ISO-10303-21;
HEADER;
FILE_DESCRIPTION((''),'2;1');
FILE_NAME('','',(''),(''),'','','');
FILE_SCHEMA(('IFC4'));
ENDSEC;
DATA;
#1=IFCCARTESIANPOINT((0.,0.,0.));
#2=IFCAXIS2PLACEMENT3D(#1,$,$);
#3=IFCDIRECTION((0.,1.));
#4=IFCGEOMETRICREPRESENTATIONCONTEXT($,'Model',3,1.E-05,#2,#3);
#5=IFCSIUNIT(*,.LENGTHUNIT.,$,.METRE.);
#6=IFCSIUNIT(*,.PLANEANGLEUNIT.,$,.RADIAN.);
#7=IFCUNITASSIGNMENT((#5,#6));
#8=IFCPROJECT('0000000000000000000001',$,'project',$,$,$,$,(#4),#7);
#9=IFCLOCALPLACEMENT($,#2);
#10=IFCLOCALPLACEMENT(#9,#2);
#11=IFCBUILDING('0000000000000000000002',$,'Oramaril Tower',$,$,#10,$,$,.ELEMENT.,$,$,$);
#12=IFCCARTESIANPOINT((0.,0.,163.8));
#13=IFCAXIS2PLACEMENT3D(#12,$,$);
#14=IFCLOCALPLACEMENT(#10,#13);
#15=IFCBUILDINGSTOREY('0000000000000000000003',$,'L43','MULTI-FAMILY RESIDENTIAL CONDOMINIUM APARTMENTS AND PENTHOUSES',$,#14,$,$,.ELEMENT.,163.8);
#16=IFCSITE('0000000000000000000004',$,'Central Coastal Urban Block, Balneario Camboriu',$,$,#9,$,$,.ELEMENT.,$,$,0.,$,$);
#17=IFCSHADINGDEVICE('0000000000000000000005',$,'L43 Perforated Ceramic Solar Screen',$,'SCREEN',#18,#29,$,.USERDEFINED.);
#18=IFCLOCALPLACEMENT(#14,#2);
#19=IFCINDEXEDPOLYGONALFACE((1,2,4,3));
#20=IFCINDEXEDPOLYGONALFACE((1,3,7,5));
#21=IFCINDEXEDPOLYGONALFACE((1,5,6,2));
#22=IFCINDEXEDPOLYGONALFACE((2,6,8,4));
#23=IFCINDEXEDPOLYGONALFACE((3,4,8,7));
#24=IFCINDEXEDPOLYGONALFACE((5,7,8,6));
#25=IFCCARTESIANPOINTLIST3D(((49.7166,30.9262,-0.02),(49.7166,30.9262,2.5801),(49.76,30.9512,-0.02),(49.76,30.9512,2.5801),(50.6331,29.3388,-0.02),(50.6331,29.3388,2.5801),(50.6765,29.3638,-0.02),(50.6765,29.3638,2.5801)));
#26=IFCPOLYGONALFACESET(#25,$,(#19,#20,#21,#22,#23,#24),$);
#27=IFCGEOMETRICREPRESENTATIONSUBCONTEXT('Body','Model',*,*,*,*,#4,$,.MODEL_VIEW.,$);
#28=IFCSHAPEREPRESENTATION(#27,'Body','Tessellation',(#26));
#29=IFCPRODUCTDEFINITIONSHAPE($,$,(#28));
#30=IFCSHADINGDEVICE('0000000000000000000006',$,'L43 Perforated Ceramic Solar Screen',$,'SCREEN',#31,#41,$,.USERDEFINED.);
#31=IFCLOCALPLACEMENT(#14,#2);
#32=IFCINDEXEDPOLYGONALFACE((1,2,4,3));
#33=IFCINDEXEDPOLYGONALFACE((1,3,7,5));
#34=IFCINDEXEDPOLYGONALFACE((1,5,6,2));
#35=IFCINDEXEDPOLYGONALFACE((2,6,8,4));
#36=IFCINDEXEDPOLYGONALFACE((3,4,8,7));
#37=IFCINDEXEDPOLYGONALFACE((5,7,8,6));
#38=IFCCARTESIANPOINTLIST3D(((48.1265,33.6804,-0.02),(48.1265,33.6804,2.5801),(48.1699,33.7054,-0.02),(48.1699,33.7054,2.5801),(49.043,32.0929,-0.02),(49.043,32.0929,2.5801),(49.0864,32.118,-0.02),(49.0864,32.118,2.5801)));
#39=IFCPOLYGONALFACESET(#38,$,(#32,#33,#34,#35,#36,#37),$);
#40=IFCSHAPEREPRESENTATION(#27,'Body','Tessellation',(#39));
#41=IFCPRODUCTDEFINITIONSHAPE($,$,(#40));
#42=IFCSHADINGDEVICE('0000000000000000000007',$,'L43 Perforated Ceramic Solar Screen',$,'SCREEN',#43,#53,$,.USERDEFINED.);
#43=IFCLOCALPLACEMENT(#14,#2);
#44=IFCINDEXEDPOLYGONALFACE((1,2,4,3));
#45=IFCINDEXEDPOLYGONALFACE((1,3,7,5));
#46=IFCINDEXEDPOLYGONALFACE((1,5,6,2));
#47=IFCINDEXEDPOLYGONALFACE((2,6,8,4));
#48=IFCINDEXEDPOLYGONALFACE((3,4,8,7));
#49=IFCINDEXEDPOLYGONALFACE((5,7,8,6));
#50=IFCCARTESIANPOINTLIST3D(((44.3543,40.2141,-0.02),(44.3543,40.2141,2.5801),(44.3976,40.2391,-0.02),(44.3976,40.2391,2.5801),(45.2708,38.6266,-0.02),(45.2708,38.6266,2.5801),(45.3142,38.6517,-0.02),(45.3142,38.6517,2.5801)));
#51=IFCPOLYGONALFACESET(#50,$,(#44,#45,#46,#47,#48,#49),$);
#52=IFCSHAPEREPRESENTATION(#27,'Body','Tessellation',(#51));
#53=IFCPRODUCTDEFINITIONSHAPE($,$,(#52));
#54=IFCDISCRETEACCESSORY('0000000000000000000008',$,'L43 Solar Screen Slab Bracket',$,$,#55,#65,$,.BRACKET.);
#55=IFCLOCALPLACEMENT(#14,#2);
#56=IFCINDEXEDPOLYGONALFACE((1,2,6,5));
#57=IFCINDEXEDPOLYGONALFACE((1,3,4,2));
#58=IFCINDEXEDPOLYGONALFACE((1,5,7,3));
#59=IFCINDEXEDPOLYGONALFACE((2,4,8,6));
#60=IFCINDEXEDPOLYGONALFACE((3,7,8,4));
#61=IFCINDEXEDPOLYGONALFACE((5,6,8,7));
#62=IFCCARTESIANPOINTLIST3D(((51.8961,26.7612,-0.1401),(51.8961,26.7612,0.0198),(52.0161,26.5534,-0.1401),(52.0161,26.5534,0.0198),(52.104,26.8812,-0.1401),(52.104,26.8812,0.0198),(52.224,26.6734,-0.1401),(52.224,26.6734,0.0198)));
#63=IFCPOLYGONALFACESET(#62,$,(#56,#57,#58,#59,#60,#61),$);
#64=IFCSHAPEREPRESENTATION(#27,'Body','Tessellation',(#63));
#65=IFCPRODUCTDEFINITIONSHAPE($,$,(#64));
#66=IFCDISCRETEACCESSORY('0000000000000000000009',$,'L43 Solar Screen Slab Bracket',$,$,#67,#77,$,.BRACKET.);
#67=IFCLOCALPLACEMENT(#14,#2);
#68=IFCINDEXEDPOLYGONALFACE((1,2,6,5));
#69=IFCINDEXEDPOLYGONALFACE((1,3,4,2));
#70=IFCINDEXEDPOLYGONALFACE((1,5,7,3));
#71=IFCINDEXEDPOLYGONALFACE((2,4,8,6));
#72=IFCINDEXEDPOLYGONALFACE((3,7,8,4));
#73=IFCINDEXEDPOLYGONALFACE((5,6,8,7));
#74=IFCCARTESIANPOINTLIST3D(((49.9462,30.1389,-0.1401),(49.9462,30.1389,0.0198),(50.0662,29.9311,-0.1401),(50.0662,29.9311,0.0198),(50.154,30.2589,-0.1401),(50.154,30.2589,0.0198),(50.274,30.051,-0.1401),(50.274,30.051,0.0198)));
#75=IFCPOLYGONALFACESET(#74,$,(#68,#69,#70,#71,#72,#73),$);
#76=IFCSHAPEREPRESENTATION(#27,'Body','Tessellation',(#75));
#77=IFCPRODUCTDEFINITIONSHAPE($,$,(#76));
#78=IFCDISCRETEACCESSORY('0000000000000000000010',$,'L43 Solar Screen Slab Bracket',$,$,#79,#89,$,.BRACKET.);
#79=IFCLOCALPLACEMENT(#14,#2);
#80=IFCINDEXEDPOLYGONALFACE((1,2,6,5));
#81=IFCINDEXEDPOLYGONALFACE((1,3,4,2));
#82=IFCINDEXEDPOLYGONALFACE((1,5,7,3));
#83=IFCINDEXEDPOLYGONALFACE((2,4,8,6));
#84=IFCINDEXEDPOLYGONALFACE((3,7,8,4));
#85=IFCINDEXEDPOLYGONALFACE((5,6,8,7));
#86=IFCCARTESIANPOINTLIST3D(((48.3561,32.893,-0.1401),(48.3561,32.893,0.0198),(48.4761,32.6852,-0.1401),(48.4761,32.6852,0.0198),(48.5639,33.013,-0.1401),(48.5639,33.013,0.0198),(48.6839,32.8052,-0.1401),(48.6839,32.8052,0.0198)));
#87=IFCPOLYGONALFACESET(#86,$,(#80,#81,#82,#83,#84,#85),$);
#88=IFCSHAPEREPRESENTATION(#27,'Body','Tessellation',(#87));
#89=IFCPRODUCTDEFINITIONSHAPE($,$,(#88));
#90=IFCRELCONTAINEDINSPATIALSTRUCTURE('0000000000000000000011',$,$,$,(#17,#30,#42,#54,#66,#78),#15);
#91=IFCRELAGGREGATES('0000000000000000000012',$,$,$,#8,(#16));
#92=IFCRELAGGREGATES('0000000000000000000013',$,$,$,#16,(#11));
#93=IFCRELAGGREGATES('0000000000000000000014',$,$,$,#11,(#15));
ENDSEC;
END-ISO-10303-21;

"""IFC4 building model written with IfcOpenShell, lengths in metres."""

from ifc_helpers import new_model, si_unit, direction, frame, origin, origin_2d, place, context, subcontext, project, spatial, rectangle, extrude, element, save


model = new_model("IFC4")

# Units and contexts
model_context = context("Model", 3, precision=1e-05, world=origin(), true_north=direction((0.0, 1.0)))
body_context = subcontext(model_context, "Body", "Model", "MODEL_VIEW")
ifc_project = project(units=[si_unit("LENGTHUNIT", "METRE"), si_unit("PLANEANGLEUNIT", "RADIAN")], contexts=[model_context])

# Site, building, storey
site_placement = place(None, origin())
site = spatial("IfcSite", under=ifc_project, at=site_placement, Name="Central Coastal Urban Block, Balneario Camboriu", CompositionType="ELEMENT", RefElevation=0.0)
building_placement = place(site_placement, origin())
building = spatial("IfcBuilding", under=site, at=building_placement, Name="Oramaril Tower", CompositionType="ELEMENT")
storey_placement = place(building_placement, frame((0.0, 0.0, 163.8)))
storey = spatial("IfcBuildingStorey", under=building, at=storey_placement, Name="L43", Description="MULTI-FAMILY RESIDENTIAL CONDOMINIUM APARTMENTS AND PENTHOUSES", CompositionType="ELEMENT", Elevation=163.8)

# Shading devices
for number, where, z_axis, x_axis, name in (
    (1, (50.1965, 30.145, -0.02), (0.0, 0.0, 1.0), (-0.5, 0.866025, 0.0), "L43 Perforated Ceramic Solar Screen"),
    (2, (48.6064, 32.8992, -0.02), (0.0, 0.0, 1.0), (-0.5, 0.866025, 0.0), "L43 Perforated Ceramic Solar Screen"),
    (3, (44.8342, 39.4329, -0.02), (0.0, 0.0, 1.0), (-0.5, 0.866025, 0.0), "L43 Perforated Ceramic Solar Screen"),
):
    element("IfcShadingDevice", number, at=place(storey_placement, frame(where, z_axis=z_axis, x_axis=x_axis)), inside=storey, Name=name, ObjectType="SCREEN", PredefinedType="USERDEFINED", context=body_context, shape_type="SweptSolid", body=[
        extrude(rectangle(XDim=1.833, YDim=0.05, at=origin_2d()), origin(), (0.0, 0.0, 1.0), 2.6001),
    ])

# Discrete accessories
for number, where, z_axis, x_axis, name in (
    (4, (52.0601, 26.7173, -0.1401), (0.0, 0.0, 1.0), (-0.5, 0.866025, 0.0), "L43 Solar Screen Slab Bracket"),
    (5, (50.1101, 30.095, -0.1401), (0.0, 0.0, 1.0), (-0.5, 0.866025, 0.0), "L43 Solar Screen Slab Bracket"),
    (6, (48.52, 32.8491, -0.1401), (0.0, 0.0, 1.0), (-0.5, 0.866025, 0.0), "L43 Solar Screen Slab Bracket"),
):
    element("IfcDiscreteAccessory", number, at=place(storey_placement, frame(where, z_axis=z_axis, x_axis=x_axis)), inside=storey, Name=name, PredefinedType="BRACKET", context=body_context, shape_type="SweptSolid", body=[
        extrude(rectangle(XDim=0.24, YDim=0.24, at=origin_2d()), origin(), (0.0, 0.0, 1.0), 0.1599),
    ])

save(model, "model.ifc")
